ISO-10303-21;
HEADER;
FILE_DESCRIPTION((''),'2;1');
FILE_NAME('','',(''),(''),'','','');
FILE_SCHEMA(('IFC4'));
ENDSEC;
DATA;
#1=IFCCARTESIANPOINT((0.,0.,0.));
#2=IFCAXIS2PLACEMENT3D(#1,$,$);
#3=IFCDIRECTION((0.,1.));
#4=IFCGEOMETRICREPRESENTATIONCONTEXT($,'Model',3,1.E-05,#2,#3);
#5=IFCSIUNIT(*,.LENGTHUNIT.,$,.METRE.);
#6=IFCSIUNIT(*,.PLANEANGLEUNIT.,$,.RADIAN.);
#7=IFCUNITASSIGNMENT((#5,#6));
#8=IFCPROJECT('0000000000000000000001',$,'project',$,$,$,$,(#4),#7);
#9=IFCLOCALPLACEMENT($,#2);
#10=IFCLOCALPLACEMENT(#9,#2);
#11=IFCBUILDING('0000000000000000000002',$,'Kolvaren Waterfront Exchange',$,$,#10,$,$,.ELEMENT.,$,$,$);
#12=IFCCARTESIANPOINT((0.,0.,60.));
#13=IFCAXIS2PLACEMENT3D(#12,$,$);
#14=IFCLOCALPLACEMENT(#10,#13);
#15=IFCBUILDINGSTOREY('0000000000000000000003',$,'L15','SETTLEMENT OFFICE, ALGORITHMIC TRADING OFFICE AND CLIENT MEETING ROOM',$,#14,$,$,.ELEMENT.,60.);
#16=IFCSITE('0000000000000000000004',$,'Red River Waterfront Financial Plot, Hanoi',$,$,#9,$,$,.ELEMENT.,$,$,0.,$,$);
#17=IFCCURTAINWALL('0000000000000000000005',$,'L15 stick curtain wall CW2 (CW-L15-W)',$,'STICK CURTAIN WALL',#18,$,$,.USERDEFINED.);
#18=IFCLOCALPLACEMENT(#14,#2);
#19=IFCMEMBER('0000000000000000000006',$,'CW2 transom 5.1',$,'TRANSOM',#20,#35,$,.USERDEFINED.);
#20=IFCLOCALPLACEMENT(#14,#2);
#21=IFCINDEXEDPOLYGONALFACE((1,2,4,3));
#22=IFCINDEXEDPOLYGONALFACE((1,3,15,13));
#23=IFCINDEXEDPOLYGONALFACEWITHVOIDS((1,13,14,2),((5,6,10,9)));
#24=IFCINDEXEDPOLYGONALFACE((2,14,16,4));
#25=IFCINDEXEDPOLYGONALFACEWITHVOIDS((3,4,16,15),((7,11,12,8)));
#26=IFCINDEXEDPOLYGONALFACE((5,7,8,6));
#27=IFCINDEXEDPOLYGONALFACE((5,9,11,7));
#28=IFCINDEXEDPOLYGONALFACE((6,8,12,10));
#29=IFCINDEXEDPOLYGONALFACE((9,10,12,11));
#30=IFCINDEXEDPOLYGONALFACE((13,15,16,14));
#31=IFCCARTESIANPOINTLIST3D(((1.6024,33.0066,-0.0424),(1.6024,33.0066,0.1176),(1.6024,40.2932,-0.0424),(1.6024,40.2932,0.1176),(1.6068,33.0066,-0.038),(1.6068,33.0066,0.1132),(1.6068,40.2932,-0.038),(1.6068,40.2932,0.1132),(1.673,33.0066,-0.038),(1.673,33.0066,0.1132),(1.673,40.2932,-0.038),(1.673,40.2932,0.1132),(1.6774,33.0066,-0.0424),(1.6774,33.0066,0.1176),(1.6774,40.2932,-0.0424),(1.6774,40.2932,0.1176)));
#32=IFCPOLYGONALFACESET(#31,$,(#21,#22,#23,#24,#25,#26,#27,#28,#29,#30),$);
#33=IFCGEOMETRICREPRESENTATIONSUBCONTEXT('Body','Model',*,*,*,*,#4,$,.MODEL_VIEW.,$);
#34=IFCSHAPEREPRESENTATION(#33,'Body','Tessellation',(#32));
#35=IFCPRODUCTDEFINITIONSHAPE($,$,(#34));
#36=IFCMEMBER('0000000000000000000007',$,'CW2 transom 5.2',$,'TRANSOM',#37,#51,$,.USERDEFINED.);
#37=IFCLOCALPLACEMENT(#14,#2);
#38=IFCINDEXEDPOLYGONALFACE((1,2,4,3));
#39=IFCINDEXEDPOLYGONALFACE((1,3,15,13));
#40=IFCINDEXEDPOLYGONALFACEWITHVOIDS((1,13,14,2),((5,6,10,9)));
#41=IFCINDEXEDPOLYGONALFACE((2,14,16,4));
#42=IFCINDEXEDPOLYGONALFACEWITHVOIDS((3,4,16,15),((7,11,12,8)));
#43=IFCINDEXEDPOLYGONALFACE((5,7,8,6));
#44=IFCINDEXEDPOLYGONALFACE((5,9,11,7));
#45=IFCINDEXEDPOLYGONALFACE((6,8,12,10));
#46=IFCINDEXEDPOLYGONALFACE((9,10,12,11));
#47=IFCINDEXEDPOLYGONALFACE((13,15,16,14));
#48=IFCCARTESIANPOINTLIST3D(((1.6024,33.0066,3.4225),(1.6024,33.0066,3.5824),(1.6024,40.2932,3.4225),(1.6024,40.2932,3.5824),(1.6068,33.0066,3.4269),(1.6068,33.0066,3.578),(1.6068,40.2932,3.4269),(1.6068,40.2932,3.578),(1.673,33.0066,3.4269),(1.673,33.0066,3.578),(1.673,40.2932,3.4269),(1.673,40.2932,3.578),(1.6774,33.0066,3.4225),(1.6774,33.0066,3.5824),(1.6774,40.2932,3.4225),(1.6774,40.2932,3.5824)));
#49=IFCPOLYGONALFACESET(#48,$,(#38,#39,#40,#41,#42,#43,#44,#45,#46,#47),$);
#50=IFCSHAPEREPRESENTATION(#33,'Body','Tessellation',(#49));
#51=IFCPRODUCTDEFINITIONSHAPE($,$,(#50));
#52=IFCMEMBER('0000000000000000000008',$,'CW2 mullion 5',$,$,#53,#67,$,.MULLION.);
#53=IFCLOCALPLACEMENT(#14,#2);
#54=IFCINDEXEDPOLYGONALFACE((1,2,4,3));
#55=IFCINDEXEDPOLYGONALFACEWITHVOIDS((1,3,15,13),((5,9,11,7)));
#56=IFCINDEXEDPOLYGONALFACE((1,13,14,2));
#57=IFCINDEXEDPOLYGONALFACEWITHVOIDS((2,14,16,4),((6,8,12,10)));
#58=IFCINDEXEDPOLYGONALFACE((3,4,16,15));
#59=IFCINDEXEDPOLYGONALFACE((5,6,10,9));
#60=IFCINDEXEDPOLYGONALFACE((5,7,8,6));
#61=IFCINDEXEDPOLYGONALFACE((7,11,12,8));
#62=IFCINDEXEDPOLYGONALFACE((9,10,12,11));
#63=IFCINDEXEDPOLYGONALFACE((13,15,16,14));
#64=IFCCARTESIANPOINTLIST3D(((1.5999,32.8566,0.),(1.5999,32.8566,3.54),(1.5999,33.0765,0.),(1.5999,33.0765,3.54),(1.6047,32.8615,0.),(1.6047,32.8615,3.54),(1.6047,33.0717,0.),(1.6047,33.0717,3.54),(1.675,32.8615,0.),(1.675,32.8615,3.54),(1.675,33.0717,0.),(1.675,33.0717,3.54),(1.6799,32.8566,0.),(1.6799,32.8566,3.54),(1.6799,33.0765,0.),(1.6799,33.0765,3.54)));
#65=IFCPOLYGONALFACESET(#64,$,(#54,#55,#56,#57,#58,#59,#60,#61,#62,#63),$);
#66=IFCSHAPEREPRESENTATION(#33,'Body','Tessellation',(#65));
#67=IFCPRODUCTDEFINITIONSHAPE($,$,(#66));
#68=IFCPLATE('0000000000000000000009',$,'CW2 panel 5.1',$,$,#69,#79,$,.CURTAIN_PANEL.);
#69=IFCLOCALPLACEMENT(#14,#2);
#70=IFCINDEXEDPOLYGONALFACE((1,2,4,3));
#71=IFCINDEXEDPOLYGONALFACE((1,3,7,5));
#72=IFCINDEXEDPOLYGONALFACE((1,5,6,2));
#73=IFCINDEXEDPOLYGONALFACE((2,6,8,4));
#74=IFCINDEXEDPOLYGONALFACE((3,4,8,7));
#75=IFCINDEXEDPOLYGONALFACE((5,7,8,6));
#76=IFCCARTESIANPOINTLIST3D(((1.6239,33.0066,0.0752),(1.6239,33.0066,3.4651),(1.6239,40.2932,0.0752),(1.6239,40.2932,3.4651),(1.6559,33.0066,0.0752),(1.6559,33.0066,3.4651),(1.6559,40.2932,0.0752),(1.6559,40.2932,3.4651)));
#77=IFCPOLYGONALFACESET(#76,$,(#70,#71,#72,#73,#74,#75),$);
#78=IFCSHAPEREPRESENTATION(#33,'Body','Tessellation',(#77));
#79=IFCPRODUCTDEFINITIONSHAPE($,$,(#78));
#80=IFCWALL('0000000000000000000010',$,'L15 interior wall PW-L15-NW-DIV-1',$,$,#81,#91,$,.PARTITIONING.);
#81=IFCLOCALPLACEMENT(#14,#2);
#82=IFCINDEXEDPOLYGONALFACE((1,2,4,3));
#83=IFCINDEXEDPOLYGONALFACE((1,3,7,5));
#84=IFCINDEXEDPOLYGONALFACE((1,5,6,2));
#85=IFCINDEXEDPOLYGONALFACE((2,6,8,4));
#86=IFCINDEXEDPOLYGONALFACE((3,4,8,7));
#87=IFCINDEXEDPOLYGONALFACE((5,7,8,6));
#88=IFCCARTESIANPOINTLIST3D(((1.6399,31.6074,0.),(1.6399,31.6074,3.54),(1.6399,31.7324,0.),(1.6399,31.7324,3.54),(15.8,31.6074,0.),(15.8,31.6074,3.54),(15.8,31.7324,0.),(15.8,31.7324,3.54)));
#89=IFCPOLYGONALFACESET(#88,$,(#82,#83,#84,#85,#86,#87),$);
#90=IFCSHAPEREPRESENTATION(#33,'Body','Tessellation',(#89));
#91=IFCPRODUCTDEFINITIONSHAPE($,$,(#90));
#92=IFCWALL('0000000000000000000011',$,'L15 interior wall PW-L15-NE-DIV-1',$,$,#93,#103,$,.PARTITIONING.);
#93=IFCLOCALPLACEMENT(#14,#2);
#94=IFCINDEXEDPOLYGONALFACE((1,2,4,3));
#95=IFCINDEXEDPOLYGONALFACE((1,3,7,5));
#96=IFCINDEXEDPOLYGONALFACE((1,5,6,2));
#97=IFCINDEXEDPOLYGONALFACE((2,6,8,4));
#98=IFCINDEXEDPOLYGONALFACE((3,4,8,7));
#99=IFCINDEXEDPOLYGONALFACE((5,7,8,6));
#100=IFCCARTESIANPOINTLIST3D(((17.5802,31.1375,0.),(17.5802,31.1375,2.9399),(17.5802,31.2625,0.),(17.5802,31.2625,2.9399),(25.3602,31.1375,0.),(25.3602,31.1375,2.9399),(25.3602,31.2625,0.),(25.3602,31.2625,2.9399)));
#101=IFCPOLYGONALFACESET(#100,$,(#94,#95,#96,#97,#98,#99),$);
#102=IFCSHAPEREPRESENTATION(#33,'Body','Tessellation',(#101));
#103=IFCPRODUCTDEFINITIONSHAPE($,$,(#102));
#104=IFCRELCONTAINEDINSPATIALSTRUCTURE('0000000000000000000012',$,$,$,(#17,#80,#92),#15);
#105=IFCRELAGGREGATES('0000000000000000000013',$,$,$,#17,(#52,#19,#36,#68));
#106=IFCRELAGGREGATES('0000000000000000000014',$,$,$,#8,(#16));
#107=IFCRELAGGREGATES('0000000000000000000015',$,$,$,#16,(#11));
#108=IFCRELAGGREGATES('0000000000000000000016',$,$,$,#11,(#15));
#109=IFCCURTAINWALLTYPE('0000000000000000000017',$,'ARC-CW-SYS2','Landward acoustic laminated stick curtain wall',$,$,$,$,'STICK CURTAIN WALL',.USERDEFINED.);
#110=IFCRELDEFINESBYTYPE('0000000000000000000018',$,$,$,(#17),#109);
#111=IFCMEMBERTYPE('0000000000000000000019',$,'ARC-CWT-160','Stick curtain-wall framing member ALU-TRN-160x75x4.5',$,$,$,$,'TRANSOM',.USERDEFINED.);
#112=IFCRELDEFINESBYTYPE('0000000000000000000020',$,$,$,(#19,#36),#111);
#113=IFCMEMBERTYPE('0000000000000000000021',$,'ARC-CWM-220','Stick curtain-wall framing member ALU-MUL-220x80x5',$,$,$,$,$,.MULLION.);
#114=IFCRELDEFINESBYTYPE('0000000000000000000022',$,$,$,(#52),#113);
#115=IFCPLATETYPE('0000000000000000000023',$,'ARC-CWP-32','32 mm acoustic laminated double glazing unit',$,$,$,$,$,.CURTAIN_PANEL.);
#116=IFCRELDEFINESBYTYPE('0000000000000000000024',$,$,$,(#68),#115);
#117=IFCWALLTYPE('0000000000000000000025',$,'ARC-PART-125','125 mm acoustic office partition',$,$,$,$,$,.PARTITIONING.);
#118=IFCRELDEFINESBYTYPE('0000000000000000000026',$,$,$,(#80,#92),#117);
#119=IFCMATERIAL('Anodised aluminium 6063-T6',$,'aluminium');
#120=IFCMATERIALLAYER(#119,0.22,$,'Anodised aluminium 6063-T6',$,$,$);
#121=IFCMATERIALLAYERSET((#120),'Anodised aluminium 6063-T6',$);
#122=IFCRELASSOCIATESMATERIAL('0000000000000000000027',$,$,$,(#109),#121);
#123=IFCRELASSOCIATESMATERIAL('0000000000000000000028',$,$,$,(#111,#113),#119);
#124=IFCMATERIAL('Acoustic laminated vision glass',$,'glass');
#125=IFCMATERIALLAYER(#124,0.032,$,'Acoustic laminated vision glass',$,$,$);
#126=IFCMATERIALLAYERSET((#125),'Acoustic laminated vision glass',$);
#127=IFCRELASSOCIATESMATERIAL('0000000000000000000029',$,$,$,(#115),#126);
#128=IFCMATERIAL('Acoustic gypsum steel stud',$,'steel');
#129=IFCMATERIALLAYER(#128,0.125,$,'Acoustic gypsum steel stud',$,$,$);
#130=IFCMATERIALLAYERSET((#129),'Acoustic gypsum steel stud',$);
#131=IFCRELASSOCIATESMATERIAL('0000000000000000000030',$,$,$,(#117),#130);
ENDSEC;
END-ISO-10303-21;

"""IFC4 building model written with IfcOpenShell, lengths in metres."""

from ifc_helpers import new_model, si_unit, direction, frame, frame_2d, origin, origin_with_axes, origin_2d, place, context, subcontext, project, spatial, rectangle, hollow_rectangle, extrude, source, transform, mapped, material, layer, layer_set, material_profile, profile_set, type_object, element, aggregate, save


model = new_model("IFC4")

# Units and contexts
model_context = context("Model", 3, precision=1e-05, world=origin(), true_north=direction((0.0, 1.0)))
body_context = subcontext(model_context, "Body", "Model", "MODEL_VIEW")
ifc_project = project(units=[si_unit("LENGTHUNIT", "METRE"), si_unit("PLANEANGLEUNIT", "RADIAN")], contexts=[model_context])

# Site, building, storey
site_placement = place(None, origin())
site = spatial("IfcSite", under=ifc_project, at=site_placement, Name="Red River Waterfront Financial Plot, Hanoi", CompositionType="ELEMENT", RefElevation=0.0)
building_placement = place(site_placement, origin())
building = spatial("IfcBuilding", under=site, at=building_placement, Name="Kolvaren Waterfront Exchange", CompositionType="ELEMENT")
storey_placement = place(building_placement, frame((0.0, 0.0, 60.0)))
storey = spatial("IfcBuildingStorey", under=building, at=storey_placement, Name="L15", Description="SETTLEMENT OFFICE, ALGORITHMIC TRADING OFFICE AND CLIENT MEETING ROOM", CompositionType="ELEMENT", Elevation=60.0)

# Curtain wall, members, plate
ifc_material_1 = material(Name="Anodised aluminium 6063-T6", Category="aluminium")
ifc_layer_1 = layer(ifc_material_1, 0.22, Name="Anodised aluminium 6063-T6")
ifc_layer_set_1 = layer_set([ifc_layer_1], Name="Anodised aluminium 6063-T6")
curtain_wall_type = type_object("IfcCurtainWallType", Name="ARC-CW-SYS2", Description="Landward acoustic laminated stick curtain wall", ElementType="STICK CURTAIN WALL", PredefinedType="USERDEFINED", material=ifc_layer_set_1)
curtain_wall_placement = place(storey_placement, origin())
curtain_wall = element("IfcCurtainWall", 1, at=curtain_wall_placement, inside=storey, type_object=curtain_wall_type, Name="L15 stick curtain wall CW2 (CW-L15-W)", ObjectType="STICK CURTAIN WALL", PredefinedType="USERDEFINED")
ifc_material_profile_1 = material_profile(ifc_material_1, hollow_rectangle(XDim=0.075, YDim=0.1599, WallThickness=0.0044, at=origin_2d()), Name="ALU-TRN-160x75x4.5")
ifc_profile_set_1 = profile_set([ifc_material_profile_1], Name="Anodised aluminium 6063-T6")
member_type_1 = type_object("IfcMemberType", Name="ARC-CWT-160", Description="Stick curtain-wall framing member ALU-TRN-160x75x4.5", ElementType="TRANSOM", PredefinedType="USERDEFINED", material=ifc_profile_set_1)
shared_shape_1 = source(origin_with_axes(), body_context, "Body", "SweptSolid", [
    extrude(hollow_rectangle(XDim=0.075, YDim=0.1599, WallThickness=0.0044, at=origin_2d()), origin(), (0.0, 0.0, 1.0), 7.2866),
])
member_1_placement = place(storey_placement, frame((1.6399, 33.0066, 0.0376), z_axis=(0.0, 1.0, 0.0), x_axis=(-1.0, 0.0, 0.0)))
member_1 = element("IfcMember", 2, at=member_1_placement, type_object=member_type_1, Name="CW2 transom 5.1", ObjectType="TRANSOM", PredefinedType="USERDEFINED", context=body_context, shape_type="MappedRepresentation", body=[
    mapped(shared_shape_1, transform((0.0, 0.0, 0.0), x_axis=(1.0, 0.0, 0.0), y_axis=(0.0, 1.0, 0.0), z_axis=(0.0, 0.0, 1.0), scale=1.0)),
])
member_2_placement = place(storey_placement, frame((1.6399, 33.0066, 3.5024), z_axis=(0.0, 1.0, 0.0), x_axis=(-1.0, 0.0, 0.0)))
member_2 = element("IfcMember", 3, at=member_2_placement, type_object=member_type_1, Name="CW2 transom 5.2", ObjectType="TRANSOM", PredefinedType="USERDEFINED", context=body_context, shape_type="MappedRepresentation", body=[
    mapped(shared_shape_1, transform((0.0, 0.0, 0.0), x_axis=(1.0, 0.0, 0.0), y_axis=(0.0, 1.0, 0.0), z_axis=(0.0, 0.0, 1.0), scale=1.0)),
])
ifc_material_profile_2 = material_profile(ifc_material_1, hollow_rectangle(XDim=0.0801, YDim=0.22, WallThickness=0.0049, at=origin_2d()), Name="ALU-MUL-220x80x5")
ifc_profile_set_2 = profile_set([ifc_material_profile_2], Name="Anodised aluminium 6063-T6")
member_type_2 = type_object("IfcMemberType", Name="ARC-CWM-220", Description="Stick curtain-wall framing member ALU-MUL-220x80x5", PredefinedType="MULLION", material=ifc_profile_set_2)
shared_shape_2 = source(origin_with_axes(), body_context, "Body", "SweptSolid", [
    extrude(hollow_rectangle(XDim=0.0801, YDim=0.22, WallThickness=0.0049, at=origin_2d()), origin(), (0.0, 0.0, 1.0), 3.54),
])
member_3_placement = place(storey_placement, frame((1.6399, 32.9666, 0.0), z_axis=(0.0, 0.0, 1.0), x_axis=(-1.0, 0.0, 0.0)))
member_3 = element("IfcMember", 4, at=member_3_placement, type_object=member_type_2, Name="CW2 mullion 5", PredefinedType="MULLION", context=body_context, shape_type="MappedRepresentation", body=[
    mapped(shared_shape_2, transform((0.0, 0.0, 0.0), x_axis=(1.0, 0.0, 0.0), y_axis=(0.0, 1.0, 0.0), z_axis=(0.0, 0.0, 1.0), scale=1.0)),
])
ifc_material_2 = material(Name="Acoustic laminated vision glass", Category="glass")
ifc_layer_2 = layer(ifc_material_2, 0.032, Name="Acoustic laminated vision glass")
ifc_layer_set_2 = layer_set([ifc_layer_2], Name="Acoustic laminated vision glass")
plate_type = type_object("IfcPlateType", Name="ARC-CWP-32", Description="32 mm acoustic laminated double glazing unit", PredefinedType="CURTAIN_PANEL", material=ifc_layer_set_2)
shared_shape_3 = source(origin_with_axes(), body_context, "Body", "SweptSolid", [
    extrude(rectangle(XDim=7.2866, YDim=0.032, at=origin_2d()), origin(), (0.0, 0.0, 1.0), 3.3899),
])
plate_placement = place(storey_placement, frame((1.6399, 36.6499, 0.0752), z_axis=(0.0, 0.0, 1.0), x_axis=(0.0, 1.0, 0.0)))
plate = element("IfcPlate", 5, at=plate_placement, type_object=plate_type, Name="CW2 panel 5.1", PredefinedType="CURTAIN_PANEL", context=body_context, shape_type="MappedRepresentation", body=[
    mapped(shared_shape_3, transform((0.0, 0.0, 0.0), x_axis=(1.0, 0.0, 0.0), y_axis=(0.0, 1.0, 0.0), z_axis=(0.0, 0.0, 1.0), scale=1.0)),
])
aggregate(curtain_wall, [member_3, member_1, member_2, plate])

# Walls
ifc_material_3 = material(Name="Acoustic gypsum steel stud", Category="steel")
ifc_layer_3 = layer(ifc_material_3, 0.125, Name="Acoustic gypsum steel stud")
ifc_layer_set_3 = layer_set([ifc_layer_3], Name="Acoustic gypsum steel stud")
wall_type = type_object("IfcWallType", Name="ARC-PART-125", Description="125 mm acoustic office partition", PredefinedType="PARTITIONING", material=ifc_layer_set_3)
wall_1_placement = place(storey_placement, frame((1.6399, 31.6699, 0.0), z_axis=(0.0, 0.0, 1.0), x_axis=(1.0, 0.0, 0.0)))
element("IfcWall", 6, at=wall_1_placement, inside=storey, type_object=wall_type, Name="L15 interior wall PW-L15-NW-DIV-1", PredefinedType="PARTITIONING", context=body_context, shape_type="SweptSolid", body=[
    extrude(rectangle(XDim=14.1602, YDim=0.125, at=frame_2d((7.0801, 0.0))), origin(), (0.0, 0.0, 1.0), 3.54),
])
wall_2_placement = place(storey_placement, frame((17.5801, 31.2, 0.0), z_axis=(0.0, 0.0, 1.0), x_axis=(1.0, 0.0, 0.0)))
element("IfcWall", 7, at=wall_2_placement, inside=storey, type_object=wall_type, Name="L15 interior wall PW-L15-NE-DIV-1", PredefinedType="PARTITIONING", context=body_context, shape_type="SweptSolid", body=[
    extrude(rectangle(XDim=7.78, YDim=0.125, at=frame_2d((3.8901, 0.0))), origin(), (0.0, 0.0, 1.0), 2.9399),
])

save(model, "model.ifc")
